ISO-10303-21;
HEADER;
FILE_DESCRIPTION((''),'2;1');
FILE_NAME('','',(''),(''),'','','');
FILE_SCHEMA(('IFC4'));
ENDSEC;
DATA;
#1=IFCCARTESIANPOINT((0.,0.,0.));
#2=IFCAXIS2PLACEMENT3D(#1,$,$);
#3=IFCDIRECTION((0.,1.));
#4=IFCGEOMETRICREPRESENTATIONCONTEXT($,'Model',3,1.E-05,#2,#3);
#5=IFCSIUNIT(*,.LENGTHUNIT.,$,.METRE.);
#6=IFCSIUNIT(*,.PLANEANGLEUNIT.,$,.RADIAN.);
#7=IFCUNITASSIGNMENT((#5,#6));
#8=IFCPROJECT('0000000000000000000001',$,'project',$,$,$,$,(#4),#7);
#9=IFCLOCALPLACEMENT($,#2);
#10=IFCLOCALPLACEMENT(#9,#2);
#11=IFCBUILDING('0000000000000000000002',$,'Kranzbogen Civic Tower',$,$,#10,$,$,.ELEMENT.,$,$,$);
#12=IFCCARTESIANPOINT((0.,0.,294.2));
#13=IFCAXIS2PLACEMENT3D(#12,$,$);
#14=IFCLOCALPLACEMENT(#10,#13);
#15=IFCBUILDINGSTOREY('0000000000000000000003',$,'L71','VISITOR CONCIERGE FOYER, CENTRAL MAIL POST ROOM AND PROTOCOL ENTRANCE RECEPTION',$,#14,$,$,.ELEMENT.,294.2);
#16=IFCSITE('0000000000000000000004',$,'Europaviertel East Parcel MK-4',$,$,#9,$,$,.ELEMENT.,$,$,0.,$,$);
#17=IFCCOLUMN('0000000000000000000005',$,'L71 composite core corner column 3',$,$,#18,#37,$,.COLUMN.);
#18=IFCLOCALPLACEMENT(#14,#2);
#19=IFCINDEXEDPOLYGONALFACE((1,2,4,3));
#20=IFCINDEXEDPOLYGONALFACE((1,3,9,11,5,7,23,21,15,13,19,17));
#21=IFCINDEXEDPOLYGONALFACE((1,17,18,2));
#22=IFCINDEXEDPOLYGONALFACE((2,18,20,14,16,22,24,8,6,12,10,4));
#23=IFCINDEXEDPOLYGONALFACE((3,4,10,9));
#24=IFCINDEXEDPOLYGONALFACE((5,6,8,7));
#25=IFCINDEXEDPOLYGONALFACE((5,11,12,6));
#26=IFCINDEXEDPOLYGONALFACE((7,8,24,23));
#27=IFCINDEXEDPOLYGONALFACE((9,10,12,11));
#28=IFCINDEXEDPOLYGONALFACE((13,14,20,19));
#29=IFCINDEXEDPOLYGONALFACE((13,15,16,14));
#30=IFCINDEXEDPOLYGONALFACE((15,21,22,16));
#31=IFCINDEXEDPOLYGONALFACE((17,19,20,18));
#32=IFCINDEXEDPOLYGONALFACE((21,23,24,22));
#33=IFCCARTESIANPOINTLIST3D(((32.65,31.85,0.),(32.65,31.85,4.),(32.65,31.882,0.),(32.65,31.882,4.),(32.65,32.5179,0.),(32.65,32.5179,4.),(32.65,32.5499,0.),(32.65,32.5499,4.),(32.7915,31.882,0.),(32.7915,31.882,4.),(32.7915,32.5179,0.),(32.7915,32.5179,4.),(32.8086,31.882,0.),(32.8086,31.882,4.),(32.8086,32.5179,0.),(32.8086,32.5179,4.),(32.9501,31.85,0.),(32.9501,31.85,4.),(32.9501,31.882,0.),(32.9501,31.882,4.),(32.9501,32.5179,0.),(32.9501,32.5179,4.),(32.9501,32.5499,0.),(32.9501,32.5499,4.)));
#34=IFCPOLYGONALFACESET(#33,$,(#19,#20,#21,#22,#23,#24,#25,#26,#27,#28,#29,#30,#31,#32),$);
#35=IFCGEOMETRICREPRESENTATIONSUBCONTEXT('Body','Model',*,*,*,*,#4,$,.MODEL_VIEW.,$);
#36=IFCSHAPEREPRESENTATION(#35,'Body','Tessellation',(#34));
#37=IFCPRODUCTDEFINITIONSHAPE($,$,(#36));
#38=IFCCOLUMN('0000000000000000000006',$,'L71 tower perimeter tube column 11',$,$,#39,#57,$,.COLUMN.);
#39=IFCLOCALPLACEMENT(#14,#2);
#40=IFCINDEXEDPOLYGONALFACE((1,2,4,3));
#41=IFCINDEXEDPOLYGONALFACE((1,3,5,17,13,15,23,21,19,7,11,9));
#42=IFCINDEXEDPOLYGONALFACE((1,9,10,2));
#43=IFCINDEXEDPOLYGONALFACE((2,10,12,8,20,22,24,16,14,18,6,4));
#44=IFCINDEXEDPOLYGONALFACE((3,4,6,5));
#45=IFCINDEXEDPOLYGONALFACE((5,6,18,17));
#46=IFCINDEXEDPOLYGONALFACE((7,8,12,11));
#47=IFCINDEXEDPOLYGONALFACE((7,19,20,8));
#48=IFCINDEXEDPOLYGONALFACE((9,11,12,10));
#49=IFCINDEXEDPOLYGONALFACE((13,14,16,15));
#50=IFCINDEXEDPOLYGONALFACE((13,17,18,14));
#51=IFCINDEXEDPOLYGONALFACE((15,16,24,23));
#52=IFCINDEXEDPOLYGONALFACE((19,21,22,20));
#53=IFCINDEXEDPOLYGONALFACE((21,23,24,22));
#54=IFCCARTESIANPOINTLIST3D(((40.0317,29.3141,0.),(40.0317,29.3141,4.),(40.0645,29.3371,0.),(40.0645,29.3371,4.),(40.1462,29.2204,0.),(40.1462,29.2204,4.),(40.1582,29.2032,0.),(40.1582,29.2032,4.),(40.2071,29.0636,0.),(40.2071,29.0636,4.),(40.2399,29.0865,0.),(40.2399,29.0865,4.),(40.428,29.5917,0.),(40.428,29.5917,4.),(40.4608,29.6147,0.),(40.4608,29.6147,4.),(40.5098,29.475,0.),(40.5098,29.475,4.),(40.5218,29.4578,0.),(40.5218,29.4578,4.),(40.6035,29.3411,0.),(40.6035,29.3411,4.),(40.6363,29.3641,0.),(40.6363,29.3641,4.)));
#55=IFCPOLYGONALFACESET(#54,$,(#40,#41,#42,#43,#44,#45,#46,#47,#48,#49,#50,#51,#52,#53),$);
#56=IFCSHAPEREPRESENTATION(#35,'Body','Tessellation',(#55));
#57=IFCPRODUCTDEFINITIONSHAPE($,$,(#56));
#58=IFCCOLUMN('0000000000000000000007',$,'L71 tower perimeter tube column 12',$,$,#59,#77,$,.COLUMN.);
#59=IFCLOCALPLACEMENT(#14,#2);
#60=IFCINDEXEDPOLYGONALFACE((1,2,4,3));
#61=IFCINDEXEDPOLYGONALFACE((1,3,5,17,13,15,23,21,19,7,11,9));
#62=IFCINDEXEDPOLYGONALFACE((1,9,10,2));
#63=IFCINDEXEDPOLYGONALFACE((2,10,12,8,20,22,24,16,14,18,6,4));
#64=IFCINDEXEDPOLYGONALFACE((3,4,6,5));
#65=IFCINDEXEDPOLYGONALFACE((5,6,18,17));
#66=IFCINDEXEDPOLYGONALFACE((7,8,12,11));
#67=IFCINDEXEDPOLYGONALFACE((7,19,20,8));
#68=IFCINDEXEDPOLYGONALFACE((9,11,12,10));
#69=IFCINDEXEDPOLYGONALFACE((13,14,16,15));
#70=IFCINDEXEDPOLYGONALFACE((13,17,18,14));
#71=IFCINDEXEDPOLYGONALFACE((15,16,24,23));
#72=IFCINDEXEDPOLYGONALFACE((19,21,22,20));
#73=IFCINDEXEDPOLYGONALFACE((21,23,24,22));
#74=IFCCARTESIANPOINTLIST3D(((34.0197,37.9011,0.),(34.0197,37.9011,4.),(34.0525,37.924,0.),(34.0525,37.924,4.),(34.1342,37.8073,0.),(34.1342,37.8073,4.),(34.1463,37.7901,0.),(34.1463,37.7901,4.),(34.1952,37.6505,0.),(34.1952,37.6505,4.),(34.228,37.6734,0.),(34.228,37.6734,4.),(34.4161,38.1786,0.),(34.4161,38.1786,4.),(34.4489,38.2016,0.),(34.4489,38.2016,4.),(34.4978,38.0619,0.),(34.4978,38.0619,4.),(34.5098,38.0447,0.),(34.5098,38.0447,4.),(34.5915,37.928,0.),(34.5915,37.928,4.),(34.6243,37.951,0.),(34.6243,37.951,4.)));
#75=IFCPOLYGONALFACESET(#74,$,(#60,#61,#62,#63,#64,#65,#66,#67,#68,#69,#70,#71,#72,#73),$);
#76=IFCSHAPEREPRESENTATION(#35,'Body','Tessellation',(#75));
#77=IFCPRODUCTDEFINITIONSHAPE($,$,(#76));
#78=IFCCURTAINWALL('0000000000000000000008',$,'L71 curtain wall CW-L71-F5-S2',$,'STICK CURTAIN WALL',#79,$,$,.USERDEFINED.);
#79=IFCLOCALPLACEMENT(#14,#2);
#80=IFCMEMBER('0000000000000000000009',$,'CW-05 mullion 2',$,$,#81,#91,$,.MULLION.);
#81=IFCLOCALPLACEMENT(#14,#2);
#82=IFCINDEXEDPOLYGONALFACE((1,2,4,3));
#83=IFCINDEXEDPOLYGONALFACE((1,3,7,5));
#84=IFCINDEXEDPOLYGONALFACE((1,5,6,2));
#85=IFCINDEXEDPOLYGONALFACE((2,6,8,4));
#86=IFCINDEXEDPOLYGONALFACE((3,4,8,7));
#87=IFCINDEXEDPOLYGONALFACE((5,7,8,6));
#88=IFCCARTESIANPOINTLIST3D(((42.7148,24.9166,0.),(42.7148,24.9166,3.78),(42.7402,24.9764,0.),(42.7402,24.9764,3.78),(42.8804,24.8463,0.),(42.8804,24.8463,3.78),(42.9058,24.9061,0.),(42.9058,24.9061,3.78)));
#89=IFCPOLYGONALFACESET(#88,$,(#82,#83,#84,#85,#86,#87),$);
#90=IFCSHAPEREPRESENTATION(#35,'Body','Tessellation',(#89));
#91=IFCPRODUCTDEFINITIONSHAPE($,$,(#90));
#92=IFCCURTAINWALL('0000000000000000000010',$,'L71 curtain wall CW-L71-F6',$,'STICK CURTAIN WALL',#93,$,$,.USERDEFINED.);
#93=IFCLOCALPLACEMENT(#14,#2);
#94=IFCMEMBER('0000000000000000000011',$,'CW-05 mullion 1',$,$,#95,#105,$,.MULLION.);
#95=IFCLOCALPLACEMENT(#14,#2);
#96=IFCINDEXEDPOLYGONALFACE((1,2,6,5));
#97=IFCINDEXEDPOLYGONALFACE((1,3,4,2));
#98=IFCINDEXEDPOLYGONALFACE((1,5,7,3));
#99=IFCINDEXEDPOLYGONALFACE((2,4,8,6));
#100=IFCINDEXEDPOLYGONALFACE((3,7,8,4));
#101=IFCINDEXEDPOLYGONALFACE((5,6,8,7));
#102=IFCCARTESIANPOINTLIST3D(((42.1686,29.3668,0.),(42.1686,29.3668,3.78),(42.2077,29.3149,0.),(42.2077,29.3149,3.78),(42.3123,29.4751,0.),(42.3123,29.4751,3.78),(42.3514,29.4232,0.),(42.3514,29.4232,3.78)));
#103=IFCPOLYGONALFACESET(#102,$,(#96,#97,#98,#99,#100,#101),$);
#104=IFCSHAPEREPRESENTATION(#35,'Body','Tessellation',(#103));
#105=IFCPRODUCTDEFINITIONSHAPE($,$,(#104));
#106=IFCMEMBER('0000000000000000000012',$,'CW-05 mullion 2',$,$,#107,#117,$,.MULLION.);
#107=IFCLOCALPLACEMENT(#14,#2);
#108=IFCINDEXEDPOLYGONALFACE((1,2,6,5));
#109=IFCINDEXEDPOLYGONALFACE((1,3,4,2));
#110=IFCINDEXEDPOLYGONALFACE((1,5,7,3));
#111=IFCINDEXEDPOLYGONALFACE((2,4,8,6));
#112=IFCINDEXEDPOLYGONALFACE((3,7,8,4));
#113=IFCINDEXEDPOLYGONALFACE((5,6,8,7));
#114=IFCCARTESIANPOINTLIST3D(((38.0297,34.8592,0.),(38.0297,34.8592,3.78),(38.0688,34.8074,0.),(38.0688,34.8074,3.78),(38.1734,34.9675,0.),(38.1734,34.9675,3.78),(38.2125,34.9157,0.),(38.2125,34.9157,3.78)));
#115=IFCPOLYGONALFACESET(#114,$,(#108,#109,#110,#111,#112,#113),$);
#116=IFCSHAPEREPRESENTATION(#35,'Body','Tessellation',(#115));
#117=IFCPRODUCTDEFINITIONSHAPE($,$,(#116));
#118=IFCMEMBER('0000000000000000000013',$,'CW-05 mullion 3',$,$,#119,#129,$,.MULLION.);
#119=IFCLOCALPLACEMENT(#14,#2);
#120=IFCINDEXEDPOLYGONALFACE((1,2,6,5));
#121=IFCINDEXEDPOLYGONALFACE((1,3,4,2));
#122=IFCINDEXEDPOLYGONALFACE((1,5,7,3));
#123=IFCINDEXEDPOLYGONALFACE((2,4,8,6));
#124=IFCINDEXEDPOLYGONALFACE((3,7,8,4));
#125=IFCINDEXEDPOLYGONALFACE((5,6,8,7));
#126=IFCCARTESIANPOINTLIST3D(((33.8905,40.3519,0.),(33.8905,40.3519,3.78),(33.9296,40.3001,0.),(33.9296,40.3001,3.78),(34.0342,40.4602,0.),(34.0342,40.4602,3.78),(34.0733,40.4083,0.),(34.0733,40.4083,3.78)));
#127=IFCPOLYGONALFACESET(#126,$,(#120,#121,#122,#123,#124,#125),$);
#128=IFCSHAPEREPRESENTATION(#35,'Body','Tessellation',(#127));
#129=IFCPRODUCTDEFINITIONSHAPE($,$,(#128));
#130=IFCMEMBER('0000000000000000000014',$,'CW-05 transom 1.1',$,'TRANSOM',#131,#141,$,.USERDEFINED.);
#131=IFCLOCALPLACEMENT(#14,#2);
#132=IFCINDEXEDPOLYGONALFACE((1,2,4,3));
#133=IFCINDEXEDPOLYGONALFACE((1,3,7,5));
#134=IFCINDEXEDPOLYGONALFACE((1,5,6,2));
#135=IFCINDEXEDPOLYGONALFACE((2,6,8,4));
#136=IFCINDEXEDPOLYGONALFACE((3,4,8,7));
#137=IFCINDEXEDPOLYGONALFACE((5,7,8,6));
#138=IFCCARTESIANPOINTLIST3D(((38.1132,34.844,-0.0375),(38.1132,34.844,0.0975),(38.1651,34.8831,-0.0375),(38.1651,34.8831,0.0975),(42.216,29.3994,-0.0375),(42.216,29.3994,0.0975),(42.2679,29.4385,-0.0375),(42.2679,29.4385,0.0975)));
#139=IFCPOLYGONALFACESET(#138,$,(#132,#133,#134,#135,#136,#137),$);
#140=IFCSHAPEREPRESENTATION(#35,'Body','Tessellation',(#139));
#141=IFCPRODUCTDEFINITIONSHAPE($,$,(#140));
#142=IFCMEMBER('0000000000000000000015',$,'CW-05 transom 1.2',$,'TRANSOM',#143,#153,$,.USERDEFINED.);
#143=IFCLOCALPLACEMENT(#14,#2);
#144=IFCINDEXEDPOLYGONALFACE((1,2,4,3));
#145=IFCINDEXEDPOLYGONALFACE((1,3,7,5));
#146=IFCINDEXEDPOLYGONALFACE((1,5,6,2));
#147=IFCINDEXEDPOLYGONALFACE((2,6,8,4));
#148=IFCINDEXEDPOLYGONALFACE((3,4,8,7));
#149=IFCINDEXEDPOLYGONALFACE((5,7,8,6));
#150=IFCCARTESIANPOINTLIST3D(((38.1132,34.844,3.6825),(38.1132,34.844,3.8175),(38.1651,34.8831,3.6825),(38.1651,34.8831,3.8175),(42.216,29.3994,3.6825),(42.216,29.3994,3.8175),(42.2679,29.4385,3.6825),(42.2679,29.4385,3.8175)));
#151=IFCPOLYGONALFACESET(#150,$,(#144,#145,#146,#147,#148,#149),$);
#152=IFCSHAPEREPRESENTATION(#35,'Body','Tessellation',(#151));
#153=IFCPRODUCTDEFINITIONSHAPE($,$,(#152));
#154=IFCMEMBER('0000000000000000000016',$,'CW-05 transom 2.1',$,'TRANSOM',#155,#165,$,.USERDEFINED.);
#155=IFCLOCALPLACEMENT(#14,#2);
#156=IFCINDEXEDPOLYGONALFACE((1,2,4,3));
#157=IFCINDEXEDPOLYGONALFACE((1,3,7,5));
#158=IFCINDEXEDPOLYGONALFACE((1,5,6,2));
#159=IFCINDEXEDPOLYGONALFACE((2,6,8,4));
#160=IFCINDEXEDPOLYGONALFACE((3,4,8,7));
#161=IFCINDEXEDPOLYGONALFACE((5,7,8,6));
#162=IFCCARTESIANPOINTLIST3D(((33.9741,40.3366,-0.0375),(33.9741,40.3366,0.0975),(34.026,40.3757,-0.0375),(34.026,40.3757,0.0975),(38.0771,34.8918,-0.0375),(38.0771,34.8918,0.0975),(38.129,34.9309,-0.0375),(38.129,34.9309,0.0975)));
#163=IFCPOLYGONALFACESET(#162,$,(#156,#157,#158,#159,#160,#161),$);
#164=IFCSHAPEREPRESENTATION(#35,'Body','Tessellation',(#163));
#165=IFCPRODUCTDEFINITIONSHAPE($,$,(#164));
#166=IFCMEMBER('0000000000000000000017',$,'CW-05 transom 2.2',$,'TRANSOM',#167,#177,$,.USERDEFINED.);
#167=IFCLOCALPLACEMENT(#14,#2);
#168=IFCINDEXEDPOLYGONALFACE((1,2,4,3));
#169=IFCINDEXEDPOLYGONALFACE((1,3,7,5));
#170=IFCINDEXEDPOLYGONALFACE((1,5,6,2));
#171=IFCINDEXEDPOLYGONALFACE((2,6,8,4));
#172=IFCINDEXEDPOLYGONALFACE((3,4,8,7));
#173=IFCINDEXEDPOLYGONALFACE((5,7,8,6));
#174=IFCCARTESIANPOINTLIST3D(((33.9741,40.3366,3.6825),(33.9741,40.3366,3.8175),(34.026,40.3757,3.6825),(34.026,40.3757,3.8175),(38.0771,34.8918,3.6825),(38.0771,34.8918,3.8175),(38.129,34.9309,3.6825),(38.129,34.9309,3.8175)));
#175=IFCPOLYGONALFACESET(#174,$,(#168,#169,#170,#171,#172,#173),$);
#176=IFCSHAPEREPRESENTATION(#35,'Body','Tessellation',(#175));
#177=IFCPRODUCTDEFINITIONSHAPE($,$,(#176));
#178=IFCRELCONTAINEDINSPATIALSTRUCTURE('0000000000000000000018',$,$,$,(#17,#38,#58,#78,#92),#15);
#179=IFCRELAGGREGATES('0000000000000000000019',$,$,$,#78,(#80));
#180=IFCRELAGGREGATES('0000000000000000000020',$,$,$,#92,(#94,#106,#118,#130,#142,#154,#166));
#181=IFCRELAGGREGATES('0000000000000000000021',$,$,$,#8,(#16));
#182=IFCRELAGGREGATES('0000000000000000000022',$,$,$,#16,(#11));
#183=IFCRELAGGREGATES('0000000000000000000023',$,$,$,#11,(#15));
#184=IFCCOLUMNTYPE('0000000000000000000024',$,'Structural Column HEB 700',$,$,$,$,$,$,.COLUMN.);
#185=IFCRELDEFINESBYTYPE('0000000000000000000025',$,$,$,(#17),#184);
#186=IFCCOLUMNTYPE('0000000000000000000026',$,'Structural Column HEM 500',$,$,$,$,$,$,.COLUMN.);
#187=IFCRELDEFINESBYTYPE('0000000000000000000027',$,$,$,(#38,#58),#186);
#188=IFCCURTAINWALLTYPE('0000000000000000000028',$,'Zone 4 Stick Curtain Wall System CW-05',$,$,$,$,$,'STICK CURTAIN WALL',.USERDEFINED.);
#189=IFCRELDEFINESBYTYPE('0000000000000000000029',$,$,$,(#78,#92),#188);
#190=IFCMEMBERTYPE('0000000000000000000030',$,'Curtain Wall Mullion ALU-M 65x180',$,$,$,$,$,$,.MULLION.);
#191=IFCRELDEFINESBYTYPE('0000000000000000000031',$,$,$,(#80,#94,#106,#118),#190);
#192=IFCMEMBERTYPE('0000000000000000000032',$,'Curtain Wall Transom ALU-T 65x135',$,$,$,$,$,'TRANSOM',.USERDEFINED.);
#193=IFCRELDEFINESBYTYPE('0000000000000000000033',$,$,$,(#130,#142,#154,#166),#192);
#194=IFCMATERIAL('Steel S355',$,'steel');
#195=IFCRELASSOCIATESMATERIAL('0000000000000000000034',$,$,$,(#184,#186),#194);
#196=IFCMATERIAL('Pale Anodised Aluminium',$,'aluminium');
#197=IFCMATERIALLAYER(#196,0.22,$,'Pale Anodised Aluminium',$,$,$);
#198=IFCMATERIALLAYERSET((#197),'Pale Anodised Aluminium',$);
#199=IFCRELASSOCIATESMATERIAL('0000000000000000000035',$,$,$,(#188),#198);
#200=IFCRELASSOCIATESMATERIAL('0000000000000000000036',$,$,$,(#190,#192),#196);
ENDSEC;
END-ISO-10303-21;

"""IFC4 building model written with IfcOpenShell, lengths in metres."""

from ifc_helpers import new_model, si_unit, direction, frame, origin, origin_2d, place, context, subcontext, project, spatial, rectangle, i_section, extrude, material, layer, layer_set, material_profile, profile_set, type_object, element, aggregate, save


model = new_model("IFC4")

# Units and contexts
model_context = context("Model", 3, precision=1e-05, world=origin(), true_north=direction((0.0, 1.0)))
body_context = subcontext(model_context, "Body", "Model", "MODEL_VIEW")
ifc_project = project(units=[si_unit("LENGTHUNIT", "METRE"), si_unit("PLANEANGLEUNIT", "RADIAN")], contexts=[model_context])

# Site, building, storey
site_placement = place(None, origin())
site = spatial("IfcSite", under=ifc_project, at=site_placement, Name="Europaviertel East Parcel MK-4", CompositionType="ELEMENT", RefElevation=0.0)
building_placement = place(site_placement, origin())
building = spatial("IfcBuilding", under=site, at=building_placement, Name="Kranzbogen Civic Tower", CompositionType="ELEMENT")
storey_placement = place(building_placement, frame((0.0, 0.0, 294.2)))
storey = spatial("IfcBuildingStorey", under=building, at=storey_placement, Name="L71", Description="VISITOR CONCIERGE FOYER, CENTRAL MAIL POST ROOM AND PROTOCOL ENTRANCE RECEPTION", CompositionType="ELEMENT", Elevation=294.2)

# Columns
ifc_material_1 = material(Name="Steel S355", Category="steel")
ifc_material_profile_1 = material_profile(ifc_material_1, i_section(OverallWidth=0.3, OverallDepth=0.7, WebThickness=0.0171, FlangeThickness=0.032, at=origin_2d()), Name="HEB 700")
ifc_profile_set_1 = profile_set([ifc_material_profile_1], Name="Steel S355")
column_type_1 = type_object("IfcColumnType", Name="Structural Column HEB 700", PredefinedType="COLUMN", material=ifc_profile_set_1)
column_placement = place(storey_placement, frame((32.8, 32.2, 0.0), z_axis=(0.0, 0.0, 1.0), x_axis=(1.0, 0.0, 0.0)))
element("IfcColumn", 1, at=column_placement, inside=storey, type_object=column_type_1, Name="L71 composite core corner column 3", PredefinedType="COLUMN", context=body_context, shape_type="SweptSolid", body=[
    extrude(i_section(OverallWidth=0.3, OverallDepth=0.7, WebThickness=0.0171, FlangeThickness=0.032, at=origin_2d()), origin(), (0.0, 0.0, 1.0), 4.0),
])
ifc_material_profile_2 = material_profile(ifc_material_1, i_section(OverallWidth=0.3059, OverallDepth=0.5239, WebThickness=0.021, FlangeThickness=0.04, at=origin_2d()), Name="HEM 500")
ifc_profile_set_2 = profile_set([ifc_material_profile_2], Name="Steel S355")
column_type_2 = type_object("IfcColumnType", Name="Structural Column HEM 500", PredefinedType="COLUMN", material=ifc_profile_set_2)
for number, where, z_axis, x_axis, name in (
    (2, (40.334, 29.3391, 0.0), (0.0, 0.0, 1.0), (-0.573576, 0.819152, 0.0), "L71 tower perimeter tube column 11"),
    (3, (34.322, 37.926, 0.0), (0.0, 0.0, 1.0), (-0.573576, 0.819152, 0.0), "L71 tower perimeter tube column 12"),
):
    element("IfcColumn", number, at=place(storey_placement, frame(where, z_axis=z_axis, x_axis=x_axis)), inside=storey, type_object=column_type_2, Name=name, PredefinedType="COLUMN", context=body_context, shape_type="SweptSolid", body=[
        extrude(i_section(OverallWidth=0.3059, OverallDepth=0.5239, WebThickness=0.021, FlangeThickness=0.04, at=origin_2d()), origin(), (0.0, 0.0, 1.0), 4.0),
    ])

# Curtain wall, member
ifc_material_2 = material(Name="Pale Anodised Aluminium", Category="aluminium")
ifc_layer_1 = layer(ifc_material_2, 0.22, Name="Pale Anodised Aluminium")
ifc_layer_set_1 = layer_set([ifc_layer_1], Name="Pale Anodised Aluminium")
curtain_wall_type = type_object("IfcCurtainWallType", Name="Zone 4 Stick Curtain Wall System CW-05", ElementType="STICK CURTAIN WALL", PredefinedType="USERDEFINED", material=ifc_layer_set_1)
curtain_wall_1_placement = place(storey_placement, origin())
curtain_wall_1 = element("IfcCurtainWall", 4, at=curtain_wall_1_placement, inside=storey, type_object=curtain_wall_type, Name="L71 curtain wall CW-L71-F5-S2", ObjectType="STICK CURTAIN WALL", PredefinedType="USERDEFINED")
ifc_material_profile_3 = material_profile(ifc_material_2, rectangle(XDim=0.0649, YDim=0.1799, at=origin_2d()), Name="ALU-M 65x180")
ifc_profile_set_3 = profile_set([ifc_material_profile_3], Name="Pale Anodised Aluminium")
member_type_1 = type_object("IfcMemberType", Name="Curtain Wall Mullion ALU-M 65x180", PredefinedType="MULLION", material=ifc_profile_set_3)
member_1_placement = place(storey_placement, frame((42.8103, 24.9114, 0.0), z_axis=(0.0, 0.0, 1.0), x_axis=(0.390703, 0.920517, 0.0)))
member_1 = element("IfcMember", 5, at=member_1_placement, type_object=member_type_1, Name="CW-05 mullion 2", PredefinedType="MULLION", context=body_context, shape_type="SweptSolid", body=[
    extrude(rectangle(XDim=0.0649, YDim=0.1799, at=origin_2d()), origin(), (0.0, 0.0, 1.0), 3.78),
])
aggregate(curtain_wall_1, [member_1])

# Curtain wall, members
curtain_wall_2_placement = place(storey_placement, origin())
curtain_wall_2 = element("IfcCurtainWall", 6, at=curtain_wall_2_placement, inside=storey, type_object=curtain_wall_type, Name="L71 curtain wall CW-L71-F6", ObjectType="STICK CURTAIN WALL", PredefinedType="USERDEFINED")
member_2_placement = place(storey_placement, frame((42.26, 29.395, 0.0), z_axis=(0.0, 0.0, 1.0), x_axis=(-0.601817, 0.798634, 0.0)))
member_2 = element("IfcMember", 7, at=member_2_placement, type_object=member_type_1, Name="CW-05 mullion 1", PredefinedType="MULLION", context=body_context, shape_type="SweptSolid", body=[
    extrude(rectangle(XDim=0.0649, YDim=0.1799, at=origin_2d()), origin(), (0.0, 0.0, 1.0), 3.78),
])
member_3_placement = place(storey_placement, frame((38.1211, 34.8875, 0.0), z_axis=(0.0, 0.0, 1.0), x_axis=(-0.601817, 0.798634, 0.0)))
member_3 = element("IfcMember", 8, at=member_3_placement, type_object=member_type_1, Name="CW-05 mullion 2", PredefinedType="MULLION", context=body_context, shape_type="SweptSolid", body=[
    extrude(rectangle(XDim=0.0649, YDim=0.1799, at=origin_2d()), origin(), (0.0, 0.0, 1.0), 3.78),
])
member_4_placement = place(storey_placement, frame((33.9819, 40.3801, 0.0), z_axis=(0.0, 0.0, 1.0), x_axis=(-0.601817, 0.798634, 0.0)))
member_4 = element("IfcMember", 9, at=member_4_placement, type_object=member_type_1, Name="CW-05 mullion 3", PredefinedType="MULLION", context=body_context, shape_type="SweptSolid", body=[
    extrude(rectangle(XDim=0.0649, YDim=0.1799, at=origin_2d()), origin(), (0.0, 0.0, 1.0), 3.78),
])
ifc_material_profile_4 = material_profile(ifc_material_2, rectangle(XDim=0.0649, YDim=0.135, at=origin_2d()), Name="ALU-T 65x135")
ifc_profile_set_4 = profile_set([ifc_material_profile_4], Name="Pale Anodised Aluminium")
member_type_2 = type_object("IfcMemberType", Name="Curtain Wall Transom ALU-T 65x135", ElementType="TRANSOM", PredefinedType="USERDEFINED", material=ifc_profile_set_4)
member_5_placement = place(storey_placement, frame((42.2419, 29.4189, 0.03), z_axis=(-0.601815, 0.798636, 0.0), x_axis=(-0.798636, -0.601815, 0.0)))
member_5 = element("IfcMember", 10, at=member_5_placement, type_object=member_type_2, Name="CW-05 transom 1.1", ObjectType="TRANSOM", PredefinedType="USERDEFINED", context=body_context, shape_type="SweptSolid", body=[
    extrude(rectangle(XDim=0.0649, YDim=0.135, at=origin_2d()), origin(), (0.0, 0.0, 1.0), 6.8174),
])
member_6_placement = place(storey_placement, frame((42.2419, 29.4189, 3.75), z_axis=(-0.601815, 0.798636, 0.0), x_axis=(-0.798636, -0.601815, 0.0)))
member_6 = element("IfcMember", 11, at=member_6_placement, type_object=member_type_2, Name="CW-05 transom 1.2", ObjectType="TRANSOM", PredefinedType="USERDEFINED", context=body_context, shape_type="SweptSolid", body=[
    extrude(rectangle(XDim=0.0649, YDim=0.135, at=origin_2d()), origin(), (0.0, 0.0, 1.0), 6.8174),
])
member_7_placement = place(storey_placement, frame((38.103, 34.9114, 0.03), z_axis=(-0.60182, 0.798631, 0.0), x_axis=(-0.798631, -0.60182, 0.0)))
member_7 = element("IfcMember", 12, at=member_7_placement, type_object=member_type_2, Name="CW-05 transom 2.1", ObjectType="TRANSOM", PredefinedType="USERDEFINED", context=body_context, shape_type="SweptSolid", body=[
    extrude(rectangle(XDim=0.0649, YDim=0.135, at=origin_2d()), origin(), (0.0, 0.0, 1.0), 6.8176),
])
member_8_placement = place(storey_placement, frame((38.103, 34.9114, 3.75), z_axis=(-0.60182, 0.798631, 0.0), x_axis=(-0.798631, -0.60182, 0.0)))
member_8 = element("IfcMember", 13, at=member_8_placement, type_object=member_type_2, Name="CW-05 transom 2.2", ObjectType="TRANSOM", PredefinedType="USERDEFINED", context=body_context, shape_type="SweptSolid", body=[
    extrude(rectangle(XDim=0.0649, YDim=0.135, at=origin_2d()), origin(), (0.0, 0.0, 1.0), 6.8176),
])

aggregate(curtain_wall_2, [member_2, member_3, member_4, member_5, member_6, member_7, member_8])

save(model, "model.ifc")
